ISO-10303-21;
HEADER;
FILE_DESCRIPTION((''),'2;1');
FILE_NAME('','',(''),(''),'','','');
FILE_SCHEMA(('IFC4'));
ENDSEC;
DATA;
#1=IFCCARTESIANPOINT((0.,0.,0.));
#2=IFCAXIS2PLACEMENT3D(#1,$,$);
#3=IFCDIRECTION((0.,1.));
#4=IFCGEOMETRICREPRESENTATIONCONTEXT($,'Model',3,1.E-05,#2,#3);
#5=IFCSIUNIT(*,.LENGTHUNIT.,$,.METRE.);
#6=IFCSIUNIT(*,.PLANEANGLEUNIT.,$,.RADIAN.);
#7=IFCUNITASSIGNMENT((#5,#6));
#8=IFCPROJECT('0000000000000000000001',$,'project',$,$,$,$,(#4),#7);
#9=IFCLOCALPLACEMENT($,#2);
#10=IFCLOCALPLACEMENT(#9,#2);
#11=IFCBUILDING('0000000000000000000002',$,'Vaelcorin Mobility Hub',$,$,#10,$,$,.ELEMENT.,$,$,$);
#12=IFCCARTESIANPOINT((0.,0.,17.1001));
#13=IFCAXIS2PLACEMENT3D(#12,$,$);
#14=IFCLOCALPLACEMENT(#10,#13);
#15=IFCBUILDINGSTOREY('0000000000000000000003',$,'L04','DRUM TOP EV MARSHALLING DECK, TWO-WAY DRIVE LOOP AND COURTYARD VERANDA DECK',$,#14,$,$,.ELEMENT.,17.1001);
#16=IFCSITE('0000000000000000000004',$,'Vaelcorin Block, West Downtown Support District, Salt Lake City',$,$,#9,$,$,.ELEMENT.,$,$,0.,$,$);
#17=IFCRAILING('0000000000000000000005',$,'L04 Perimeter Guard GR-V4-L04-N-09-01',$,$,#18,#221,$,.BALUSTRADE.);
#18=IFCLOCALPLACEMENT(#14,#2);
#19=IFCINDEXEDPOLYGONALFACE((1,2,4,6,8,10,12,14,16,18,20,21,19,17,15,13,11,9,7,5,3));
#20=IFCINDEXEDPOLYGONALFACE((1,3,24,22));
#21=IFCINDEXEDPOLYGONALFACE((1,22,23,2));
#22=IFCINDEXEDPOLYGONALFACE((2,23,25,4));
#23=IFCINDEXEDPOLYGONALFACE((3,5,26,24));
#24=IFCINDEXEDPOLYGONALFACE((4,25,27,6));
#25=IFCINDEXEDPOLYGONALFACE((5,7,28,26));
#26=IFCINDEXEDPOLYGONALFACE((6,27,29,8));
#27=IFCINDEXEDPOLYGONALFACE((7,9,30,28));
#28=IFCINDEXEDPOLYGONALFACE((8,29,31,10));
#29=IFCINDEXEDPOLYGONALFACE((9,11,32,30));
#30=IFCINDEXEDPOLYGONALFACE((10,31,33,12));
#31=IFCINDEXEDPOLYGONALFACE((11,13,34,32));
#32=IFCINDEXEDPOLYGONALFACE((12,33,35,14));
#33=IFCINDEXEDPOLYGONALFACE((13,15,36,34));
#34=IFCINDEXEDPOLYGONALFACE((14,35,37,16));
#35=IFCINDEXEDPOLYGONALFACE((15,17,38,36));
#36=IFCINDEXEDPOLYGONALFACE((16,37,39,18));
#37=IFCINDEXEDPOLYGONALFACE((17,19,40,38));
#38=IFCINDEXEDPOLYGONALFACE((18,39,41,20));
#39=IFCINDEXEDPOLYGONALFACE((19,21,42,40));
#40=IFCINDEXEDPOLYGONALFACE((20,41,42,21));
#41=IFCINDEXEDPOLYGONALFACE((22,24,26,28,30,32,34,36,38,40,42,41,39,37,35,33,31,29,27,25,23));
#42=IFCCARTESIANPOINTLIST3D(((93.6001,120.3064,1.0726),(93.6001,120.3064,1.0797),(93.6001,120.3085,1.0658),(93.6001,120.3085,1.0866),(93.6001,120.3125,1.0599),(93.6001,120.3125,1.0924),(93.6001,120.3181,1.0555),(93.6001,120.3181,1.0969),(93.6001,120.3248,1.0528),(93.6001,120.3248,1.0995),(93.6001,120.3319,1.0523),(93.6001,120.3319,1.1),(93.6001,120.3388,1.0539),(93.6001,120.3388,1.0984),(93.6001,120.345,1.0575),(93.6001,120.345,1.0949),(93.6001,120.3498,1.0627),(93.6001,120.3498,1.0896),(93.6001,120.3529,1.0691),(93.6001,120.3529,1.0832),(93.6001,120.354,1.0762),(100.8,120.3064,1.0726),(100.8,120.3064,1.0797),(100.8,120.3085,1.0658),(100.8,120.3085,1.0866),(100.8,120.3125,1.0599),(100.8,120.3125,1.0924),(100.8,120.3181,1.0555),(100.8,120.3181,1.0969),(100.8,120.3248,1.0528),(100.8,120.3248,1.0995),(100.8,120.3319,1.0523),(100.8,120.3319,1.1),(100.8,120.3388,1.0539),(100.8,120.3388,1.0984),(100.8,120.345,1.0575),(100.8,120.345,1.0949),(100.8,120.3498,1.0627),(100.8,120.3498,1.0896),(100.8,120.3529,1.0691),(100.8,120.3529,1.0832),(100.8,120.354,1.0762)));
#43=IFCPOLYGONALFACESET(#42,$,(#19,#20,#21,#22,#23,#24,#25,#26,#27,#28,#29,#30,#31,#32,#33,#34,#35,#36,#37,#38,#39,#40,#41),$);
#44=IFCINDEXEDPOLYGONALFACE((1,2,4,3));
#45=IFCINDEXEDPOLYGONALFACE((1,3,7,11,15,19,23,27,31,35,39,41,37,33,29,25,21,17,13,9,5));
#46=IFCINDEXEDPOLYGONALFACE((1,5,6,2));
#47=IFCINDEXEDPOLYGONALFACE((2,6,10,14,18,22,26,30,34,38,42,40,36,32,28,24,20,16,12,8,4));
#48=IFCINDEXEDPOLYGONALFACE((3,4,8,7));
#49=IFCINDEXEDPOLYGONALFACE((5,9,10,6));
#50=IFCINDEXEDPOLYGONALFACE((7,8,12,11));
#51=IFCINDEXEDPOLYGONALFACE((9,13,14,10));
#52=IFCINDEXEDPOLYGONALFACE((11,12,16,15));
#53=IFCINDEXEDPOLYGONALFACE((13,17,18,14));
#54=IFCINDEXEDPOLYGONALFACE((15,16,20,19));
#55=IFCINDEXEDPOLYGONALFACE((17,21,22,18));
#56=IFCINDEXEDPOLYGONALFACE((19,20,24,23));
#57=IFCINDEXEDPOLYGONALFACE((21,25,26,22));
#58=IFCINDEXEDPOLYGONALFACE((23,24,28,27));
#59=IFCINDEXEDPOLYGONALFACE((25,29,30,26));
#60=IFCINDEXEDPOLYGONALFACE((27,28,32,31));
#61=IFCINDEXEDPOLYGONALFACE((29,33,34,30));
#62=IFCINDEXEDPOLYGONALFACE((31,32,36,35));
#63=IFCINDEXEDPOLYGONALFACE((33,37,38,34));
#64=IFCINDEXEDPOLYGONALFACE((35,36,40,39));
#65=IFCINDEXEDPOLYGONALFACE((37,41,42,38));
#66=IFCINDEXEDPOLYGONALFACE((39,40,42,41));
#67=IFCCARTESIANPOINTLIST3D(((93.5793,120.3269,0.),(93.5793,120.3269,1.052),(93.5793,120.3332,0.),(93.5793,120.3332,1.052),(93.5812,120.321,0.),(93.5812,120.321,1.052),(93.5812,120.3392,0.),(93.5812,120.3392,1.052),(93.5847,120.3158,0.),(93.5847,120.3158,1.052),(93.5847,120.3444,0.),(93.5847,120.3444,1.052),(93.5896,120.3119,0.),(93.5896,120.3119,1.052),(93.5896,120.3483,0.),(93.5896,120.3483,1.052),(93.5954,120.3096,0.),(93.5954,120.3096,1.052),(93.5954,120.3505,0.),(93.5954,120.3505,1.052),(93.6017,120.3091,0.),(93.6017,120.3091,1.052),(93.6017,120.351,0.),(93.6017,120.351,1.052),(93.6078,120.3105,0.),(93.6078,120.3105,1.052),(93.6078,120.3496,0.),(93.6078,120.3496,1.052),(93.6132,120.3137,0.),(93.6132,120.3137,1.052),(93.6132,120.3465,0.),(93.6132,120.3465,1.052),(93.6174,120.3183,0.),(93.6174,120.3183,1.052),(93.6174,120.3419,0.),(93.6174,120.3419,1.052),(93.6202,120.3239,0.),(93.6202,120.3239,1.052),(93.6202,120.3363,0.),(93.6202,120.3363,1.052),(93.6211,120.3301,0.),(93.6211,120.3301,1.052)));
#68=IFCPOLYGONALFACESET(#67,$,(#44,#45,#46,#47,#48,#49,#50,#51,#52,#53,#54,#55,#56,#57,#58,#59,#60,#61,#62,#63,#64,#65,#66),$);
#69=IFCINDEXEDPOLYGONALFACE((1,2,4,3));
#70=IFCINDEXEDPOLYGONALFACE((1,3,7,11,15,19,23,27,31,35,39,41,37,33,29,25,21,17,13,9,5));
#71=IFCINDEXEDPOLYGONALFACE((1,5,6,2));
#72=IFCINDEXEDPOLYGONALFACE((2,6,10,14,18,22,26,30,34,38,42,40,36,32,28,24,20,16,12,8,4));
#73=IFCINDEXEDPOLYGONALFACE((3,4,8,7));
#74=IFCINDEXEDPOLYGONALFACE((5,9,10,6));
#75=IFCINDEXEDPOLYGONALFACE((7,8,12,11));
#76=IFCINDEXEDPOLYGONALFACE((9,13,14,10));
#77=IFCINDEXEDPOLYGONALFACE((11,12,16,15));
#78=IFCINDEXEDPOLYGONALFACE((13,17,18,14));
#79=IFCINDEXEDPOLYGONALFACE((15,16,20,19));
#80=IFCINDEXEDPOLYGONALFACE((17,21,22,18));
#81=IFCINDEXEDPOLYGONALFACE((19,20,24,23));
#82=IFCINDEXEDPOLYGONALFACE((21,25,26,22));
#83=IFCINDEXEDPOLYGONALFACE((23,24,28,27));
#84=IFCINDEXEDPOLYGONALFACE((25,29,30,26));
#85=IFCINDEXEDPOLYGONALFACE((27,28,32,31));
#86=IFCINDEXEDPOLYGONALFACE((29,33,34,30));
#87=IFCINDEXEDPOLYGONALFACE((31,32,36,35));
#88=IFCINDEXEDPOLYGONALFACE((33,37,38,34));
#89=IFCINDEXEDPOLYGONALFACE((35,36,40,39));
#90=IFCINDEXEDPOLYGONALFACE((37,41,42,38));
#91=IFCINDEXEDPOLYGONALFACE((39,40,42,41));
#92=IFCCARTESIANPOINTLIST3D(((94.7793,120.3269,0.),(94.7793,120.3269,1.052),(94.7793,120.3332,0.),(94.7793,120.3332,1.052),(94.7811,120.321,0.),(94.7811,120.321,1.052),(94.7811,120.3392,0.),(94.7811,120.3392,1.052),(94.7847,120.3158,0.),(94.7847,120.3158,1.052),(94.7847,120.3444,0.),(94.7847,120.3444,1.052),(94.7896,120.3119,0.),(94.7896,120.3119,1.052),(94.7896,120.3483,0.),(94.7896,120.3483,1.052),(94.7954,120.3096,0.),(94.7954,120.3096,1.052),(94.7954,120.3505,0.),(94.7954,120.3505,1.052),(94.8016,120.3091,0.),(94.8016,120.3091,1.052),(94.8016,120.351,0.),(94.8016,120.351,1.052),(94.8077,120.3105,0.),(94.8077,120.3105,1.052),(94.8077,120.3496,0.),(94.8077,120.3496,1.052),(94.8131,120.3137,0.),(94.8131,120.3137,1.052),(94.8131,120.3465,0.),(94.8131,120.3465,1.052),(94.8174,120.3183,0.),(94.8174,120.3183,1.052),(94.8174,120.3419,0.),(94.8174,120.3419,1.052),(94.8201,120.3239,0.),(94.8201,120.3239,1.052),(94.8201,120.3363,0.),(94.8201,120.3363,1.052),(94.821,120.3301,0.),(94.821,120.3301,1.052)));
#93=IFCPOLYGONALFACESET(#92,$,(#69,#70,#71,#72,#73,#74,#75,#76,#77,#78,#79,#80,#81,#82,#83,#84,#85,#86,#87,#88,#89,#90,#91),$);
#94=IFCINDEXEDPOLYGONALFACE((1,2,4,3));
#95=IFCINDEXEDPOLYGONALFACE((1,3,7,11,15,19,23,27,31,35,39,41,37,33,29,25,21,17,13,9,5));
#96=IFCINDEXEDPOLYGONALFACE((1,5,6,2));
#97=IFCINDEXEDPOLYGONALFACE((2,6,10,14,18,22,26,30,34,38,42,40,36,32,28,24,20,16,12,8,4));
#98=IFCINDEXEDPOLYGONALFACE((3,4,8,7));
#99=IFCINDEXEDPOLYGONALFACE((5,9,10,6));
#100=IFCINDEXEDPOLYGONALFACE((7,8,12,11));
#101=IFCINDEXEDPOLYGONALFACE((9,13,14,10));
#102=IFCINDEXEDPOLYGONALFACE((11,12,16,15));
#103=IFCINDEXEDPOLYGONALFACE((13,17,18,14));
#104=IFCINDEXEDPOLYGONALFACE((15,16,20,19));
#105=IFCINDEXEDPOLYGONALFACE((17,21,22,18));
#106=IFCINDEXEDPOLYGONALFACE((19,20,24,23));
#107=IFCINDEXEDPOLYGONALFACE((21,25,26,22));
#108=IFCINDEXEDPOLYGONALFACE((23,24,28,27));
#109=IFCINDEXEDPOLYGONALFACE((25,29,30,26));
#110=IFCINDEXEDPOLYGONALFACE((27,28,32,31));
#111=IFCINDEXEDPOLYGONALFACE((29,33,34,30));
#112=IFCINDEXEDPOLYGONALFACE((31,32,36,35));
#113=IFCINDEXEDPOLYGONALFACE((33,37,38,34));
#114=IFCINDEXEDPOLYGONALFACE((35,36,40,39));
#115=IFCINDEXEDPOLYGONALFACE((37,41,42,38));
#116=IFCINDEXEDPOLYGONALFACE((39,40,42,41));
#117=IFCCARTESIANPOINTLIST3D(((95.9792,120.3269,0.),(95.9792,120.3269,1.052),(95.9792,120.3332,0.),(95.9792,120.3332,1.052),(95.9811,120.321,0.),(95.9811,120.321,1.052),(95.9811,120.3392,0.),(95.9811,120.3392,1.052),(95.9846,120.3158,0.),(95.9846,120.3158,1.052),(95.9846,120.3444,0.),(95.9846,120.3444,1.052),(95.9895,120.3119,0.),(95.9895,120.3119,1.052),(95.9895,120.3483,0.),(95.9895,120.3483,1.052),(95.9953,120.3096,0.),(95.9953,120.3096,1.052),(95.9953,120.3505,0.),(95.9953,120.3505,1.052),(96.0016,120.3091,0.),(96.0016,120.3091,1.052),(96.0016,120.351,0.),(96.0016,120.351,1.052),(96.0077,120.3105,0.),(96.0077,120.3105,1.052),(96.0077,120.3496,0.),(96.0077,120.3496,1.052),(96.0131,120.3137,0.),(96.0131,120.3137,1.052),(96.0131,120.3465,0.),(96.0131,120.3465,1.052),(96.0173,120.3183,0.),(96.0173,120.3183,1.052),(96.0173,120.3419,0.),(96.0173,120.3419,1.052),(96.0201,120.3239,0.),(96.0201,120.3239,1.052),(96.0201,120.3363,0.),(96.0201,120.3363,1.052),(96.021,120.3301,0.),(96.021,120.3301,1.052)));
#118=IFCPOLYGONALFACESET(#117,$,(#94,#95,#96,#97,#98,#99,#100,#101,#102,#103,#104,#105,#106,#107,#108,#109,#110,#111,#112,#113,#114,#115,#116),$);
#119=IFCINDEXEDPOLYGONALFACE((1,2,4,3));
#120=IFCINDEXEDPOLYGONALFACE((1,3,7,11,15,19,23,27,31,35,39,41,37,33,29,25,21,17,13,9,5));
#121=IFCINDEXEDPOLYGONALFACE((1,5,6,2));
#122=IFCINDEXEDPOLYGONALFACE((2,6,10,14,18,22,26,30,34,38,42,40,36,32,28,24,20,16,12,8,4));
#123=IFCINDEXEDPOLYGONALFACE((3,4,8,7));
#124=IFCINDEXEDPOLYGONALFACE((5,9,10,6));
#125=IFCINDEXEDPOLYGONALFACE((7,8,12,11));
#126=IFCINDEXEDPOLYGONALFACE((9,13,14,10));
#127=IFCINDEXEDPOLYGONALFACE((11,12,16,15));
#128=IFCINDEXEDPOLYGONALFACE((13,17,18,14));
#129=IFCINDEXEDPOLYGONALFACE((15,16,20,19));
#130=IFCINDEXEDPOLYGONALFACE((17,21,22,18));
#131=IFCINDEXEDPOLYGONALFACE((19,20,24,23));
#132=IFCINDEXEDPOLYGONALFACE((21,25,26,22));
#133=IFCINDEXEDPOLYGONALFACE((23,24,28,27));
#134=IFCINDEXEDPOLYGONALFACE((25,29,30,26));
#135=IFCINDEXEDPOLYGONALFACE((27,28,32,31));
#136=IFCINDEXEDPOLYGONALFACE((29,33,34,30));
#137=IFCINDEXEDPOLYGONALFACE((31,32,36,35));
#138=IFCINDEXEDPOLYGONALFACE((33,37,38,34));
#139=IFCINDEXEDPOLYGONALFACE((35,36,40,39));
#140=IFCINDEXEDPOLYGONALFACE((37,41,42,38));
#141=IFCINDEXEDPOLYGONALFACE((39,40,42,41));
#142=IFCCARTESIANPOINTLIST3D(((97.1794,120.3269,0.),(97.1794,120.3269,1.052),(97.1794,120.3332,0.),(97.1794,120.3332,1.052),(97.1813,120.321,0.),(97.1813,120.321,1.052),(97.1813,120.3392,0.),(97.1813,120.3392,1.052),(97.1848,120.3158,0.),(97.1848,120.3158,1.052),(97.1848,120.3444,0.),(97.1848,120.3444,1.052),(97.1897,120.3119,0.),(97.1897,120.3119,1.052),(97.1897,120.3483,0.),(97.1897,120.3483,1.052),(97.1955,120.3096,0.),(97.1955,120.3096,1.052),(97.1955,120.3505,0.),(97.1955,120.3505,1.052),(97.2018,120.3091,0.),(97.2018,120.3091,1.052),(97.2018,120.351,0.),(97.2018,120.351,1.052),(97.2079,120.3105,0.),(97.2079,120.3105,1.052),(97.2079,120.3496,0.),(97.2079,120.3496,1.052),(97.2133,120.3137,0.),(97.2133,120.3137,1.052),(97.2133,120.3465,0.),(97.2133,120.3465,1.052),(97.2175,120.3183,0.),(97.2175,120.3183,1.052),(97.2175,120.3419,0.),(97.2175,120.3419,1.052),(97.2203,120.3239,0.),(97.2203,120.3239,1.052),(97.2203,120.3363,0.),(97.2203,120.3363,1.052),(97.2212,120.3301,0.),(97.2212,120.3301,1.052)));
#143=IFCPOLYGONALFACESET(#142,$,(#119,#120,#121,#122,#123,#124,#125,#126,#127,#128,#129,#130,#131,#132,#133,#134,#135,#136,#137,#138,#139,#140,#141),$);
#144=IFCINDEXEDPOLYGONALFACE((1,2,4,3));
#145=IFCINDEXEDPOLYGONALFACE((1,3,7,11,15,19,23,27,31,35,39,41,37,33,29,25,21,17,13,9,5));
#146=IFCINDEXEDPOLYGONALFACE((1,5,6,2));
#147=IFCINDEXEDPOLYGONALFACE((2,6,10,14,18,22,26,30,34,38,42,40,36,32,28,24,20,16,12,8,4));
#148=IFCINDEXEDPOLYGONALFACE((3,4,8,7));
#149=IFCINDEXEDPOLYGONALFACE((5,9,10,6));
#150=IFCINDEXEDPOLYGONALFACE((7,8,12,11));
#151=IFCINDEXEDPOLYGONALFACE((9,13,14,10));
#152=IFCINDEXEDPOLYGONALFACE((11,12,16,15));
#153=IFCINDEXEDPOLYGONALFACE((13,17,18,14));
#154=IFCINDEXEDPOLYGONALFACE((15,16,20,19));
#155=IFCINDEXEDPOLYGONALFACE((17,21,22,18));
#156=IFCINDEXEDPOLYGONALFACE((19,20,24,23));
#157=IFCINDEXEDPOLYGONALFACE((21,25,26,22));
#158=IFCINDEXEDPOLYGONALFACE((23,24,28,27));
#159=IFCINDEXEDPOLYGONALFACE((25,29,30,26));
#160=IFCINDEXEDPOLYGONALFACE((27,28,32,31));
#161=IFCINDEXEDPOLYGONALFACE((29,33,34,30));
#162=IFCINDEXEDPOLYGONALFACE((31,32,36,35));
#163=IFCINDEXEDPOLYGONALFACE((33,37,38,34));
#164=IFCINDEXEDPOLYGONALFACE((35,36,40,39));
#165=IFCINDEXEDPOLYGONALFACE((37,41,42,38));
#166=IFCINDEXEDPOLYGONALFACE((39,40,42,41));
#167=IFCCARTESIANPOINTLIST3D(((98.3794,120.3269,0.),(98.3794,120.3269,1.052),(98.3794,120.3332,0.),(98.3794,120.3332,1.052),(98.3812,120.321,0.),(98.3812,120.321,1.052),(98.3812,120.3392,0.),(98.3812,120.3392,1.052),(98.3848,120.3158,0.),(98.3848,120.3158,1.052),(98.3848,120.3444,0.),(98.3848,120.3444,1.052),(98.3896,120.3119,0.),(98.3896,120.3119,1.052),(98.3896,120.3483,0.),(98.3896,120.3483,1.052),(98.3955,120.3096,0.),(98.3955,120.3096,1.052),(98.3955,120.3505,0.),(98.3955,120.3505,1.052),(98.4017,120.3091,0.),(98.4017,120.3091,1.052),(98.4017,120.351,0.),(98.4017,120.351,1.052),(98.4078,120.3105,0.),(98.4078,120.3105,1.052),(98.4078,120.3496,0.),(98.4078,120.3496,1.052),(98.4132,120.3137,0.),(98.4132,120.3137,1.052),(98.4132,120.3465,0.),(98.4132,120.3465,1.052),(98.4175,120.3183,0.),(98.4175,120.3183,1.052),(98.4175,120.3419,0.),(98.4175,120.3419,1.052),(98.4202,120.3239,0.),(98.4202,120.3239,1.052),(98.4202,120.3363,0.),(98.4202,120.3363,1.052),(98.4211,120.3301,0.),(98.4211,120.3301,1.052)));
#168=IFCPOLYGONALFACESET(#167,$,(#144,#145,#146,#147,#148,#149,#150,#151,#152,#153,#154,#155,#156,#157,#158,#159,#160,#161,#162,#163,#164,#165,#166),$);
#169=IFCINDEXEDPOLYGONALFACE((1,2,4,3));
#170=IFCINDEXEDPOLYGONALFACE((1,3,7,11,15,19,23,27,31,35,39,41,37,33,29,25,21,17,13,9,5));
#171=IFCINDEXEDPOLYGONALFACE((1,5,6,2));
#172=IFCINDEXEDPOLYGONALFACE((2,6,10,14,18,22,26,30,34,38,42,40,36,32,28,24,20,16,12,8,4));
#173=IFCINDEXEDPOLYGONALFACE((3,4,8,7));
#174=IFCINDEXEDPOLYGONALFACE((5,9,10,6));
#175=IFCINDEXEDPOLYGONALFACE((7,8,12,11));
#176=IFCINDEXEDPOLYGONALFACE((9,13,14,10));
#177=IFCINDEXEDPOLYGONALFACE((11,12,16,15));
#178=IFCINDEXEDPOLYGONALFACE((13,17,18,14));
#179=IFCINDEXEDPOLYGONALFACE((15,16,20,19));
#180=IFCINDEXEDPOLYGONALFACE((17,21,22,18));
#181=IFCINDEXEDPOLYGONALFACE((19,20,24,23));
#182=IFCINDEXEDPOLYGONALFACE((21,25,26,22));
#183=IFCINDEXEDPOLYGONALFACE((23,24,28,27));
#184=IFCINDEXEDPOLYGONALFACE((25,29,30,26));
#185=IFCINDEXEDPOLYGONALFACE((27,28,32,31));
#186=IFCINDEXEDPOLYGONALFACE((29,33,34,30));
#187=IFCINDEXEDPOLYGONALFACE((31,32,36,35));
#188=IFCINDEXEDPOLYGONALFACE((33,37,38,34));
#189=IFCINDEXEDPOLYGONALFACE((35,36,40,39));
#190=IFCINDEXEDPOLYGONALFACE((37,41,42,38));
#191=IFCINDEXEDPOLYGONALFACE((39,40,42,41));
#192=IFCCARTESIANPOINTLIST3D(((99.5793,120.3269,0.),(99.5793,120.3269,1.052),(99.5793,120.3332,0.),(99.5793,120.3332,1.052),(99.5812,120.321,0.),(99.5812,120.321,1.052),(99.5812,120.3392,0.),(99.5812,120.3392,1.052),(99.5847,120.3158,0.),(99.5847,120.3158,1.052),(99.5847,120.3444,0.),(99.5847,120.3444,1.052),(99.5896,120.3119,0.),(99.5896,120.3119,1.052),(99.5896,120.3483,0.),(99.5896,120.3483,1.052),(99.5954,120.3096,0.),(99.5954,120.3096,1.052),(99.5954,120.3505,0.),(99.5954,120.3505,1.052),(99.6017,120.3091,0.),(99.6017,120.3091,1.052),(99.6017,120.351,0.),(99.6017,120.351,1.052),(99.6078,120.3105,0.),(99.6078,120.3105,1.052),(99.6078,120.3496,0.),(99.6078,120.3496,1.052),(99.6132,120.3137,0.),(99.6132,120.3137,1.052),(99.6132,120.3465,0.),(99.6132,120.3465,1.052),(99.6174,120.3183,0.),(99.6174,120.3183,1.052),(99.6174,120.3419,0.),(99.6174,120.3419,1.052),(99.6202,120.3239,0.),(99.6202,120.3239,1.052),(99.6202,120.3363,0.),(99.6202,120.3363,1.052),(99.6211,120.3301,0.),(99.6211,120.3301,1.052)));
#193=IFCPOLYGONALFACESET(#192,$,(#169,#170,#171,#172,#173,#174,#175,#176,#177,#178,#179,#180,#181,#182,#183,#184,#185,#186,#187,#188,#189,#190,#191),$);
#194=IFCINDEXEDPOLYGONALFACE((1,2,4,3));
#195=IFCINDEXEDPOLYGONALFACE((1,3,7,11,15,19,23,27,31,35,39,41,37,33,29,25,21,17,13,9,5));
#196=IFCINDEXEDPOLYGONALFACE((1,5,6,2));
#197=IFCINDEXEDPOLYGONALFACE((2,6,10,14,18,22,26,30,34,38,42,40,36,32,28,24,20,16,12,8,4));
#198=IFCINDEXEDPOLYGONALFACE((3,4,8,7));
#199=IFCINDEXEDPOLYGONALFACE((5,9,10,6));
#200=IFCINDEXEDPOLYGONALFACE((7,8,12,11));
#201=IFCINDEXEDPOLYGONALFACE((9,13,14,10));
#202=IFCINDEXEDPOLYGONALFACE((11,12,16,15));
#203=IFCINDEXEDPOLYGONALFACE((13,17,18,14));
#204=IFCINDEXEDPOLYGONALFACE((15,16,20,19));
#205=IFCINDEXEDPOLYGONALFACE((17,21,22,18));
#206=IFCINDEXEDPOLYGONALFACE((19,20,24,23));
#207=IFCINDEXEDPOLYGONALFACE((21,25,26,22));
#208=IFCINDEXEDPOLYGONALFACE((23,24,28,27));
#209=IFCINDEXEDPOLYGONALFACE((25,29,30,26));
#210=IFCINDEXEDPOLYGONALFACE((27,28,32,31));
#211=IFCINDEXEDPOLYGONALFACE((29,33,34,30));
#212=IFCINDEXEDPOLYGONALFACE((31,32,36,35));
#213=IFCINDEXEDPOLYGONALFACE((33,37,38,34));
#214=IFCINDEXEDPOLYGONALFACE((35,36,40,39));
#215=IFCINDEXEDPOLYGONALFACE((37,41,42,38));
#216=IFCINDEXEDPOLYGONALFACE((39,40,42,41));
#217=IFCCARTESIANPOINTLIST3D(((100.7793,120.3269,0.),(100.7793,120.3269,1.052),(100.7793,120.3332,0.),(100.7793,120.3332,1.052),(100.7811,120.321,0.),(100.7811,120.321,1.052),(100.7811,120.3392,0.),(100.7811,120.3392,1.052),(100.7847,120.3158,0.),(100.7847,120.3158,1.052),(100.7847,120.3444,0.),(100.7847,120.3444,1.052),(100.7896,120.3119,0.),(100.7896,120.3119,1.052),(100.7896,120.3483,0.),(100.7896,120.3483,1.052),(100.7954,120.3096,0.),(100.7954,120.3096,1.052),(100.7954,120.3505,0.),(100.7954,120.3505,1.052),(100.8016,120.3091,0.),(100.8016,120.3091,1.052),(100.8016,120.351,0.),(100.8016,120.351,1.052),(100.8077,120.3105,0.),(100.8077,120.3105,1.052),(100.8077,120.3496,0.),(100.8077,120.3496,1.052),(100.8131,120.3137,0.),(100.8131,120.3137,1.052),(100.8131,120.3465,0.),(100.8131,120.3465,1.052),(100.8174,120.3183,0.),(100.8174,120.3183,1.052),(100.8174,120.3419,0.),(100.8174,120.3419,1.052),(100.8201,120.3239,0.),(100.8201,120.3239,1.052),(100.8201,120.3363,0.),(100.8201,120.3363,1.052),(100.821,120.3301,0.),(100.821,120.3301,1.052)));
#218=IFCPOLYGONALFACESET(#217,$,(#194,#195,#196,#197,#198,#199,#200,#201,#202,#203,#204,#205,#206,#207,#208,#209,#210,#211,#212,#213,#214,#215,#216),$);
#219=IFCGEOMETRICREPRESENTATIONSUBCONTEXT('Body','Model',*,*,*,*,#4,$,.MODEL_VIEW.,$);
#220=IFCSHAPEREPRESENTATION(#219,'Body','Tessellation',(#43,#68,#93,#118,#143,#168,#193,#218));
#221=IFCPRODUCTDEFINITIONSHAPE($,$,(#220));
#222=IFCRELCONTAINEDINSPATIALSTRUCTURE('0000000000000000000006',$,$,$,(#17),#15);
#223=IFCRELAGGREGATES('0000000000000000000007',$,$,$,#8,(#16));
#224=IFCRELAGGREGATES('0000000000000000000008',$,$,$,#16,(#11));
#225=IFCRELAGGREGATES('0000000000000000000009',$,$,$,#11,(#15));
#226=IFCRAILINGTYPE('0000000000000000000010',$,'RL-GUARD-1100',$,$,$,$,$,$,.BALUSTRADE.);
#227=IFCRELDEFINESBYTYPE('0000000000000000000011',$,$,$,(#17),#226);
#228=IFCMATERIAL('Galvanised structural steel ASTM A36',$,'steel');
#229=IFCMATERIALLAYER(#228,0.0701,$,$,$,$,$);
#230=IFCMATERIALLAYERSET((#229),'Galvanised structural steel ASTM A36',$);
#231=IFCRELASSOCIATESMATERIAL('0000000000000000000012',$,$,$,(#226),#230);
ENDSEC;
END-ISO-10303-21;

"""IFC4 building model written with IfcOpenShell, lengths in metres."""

from ifc_helpers import new_model, si_unit, direction, frame, origin, origin_2d, place, context, subcontext, project, spatial, circle, extrude, material, layer, layer_set, type_object, element, save


model = new_model("IFC4")

# Units and contexts
model_context = context("Model", 3, precision=1e-05, world=origin(), true_north=direction((0.0, 1.0)))
body_context = subcontext(model_context, "Body", "Model", "MODEL_VIEW")
ifc_project = project(units=[si_unit("LENGTHUNIT", "METRE"), si_unit("PLANEANGLEUNIT", "RADIAN")], contexts=[model_context])

# Site, building, storey
site_placement = place(None, origin())
site = spatial("IfcSite", under=ifc_project, at=site_placement, Name="Vaelcorin Block, West Downtown Support District, Salt Lake City", CompositionType="ELEMENT", RefElevation=0.0)
building_placement = place(site_placement, origin())
building = spatial("IfcBuilding", under=site, at=building_placement, Name="Vaelcorin Mobility Hub", CompositionType="ELEMENT")
storey_placement = place(building_placement, frame((0.0, 0.0, 17.1001)))
storey = spatial("IfcBuildingStorey", under=building, at=storey_placement, Name="L04", Description="DRUM TOP EV MARSHALLING DECK, TWO-WAY DRIVE LOOP AND COURTYARD VERANDA DECK", CompositionType="ELEMENT", Elevation=17.1001)

# Railing
ifc_material_1 = material(Name="Galvanised structural steel ASTM A36", Category="steel")
ifc_layer_1 = layer(ifc_material_1, 0.0701)
ifc_layer_set_1 = layer_set([ifc_layer_1], Name="Galvanised structural steel ASTM A36")
railing_type = type_object("IfcRailingType", Name="RL-GUARD-1100", PredefinedType="BALUSTRADE", material=ifc_layer_set_1)
railing_1_placement = place(storey_placement, frame((93.6001, 120.3301, 0.0)))
element("IfcRailing", 1, at=railing_1_placement, inside=storey, type_object=railing_type, Name="L04 Perimeter Guard GR-V4-L04-N-09-01", PredefinedType="BALUSTRADE", context=body_context, shape_type="SweptSolid", body=[
    extrude(circle(Radius=0.0239, at=origin_2d()), frame((0.0, 0.0, 1.0762), z_axis=(1.0, 0.0, 0.0), x_axis=(0.0, 1.0, 0.0)), (0.0, 0.0, 1.0), 7.2),
    extrude(circle(Radius=0.021, at=origin_2d()), origin(), (0.0, 0.0, 1.0), 1.052),
    extrude(circle(Radius=0.021, at=origin_2d()), frame((1.2, 0.0, 0.0)), (0.0, 0.0, 1.0), 1.052),
    extrude(circle(Radius=0.021, at=origin_2d()), frame((2.3999, 0.0, 0.0)), (0.0, 0.0, 1.0), 1.052),
    extrude(circle(Radius=0.021, at=origin_2d()), frame((3.6001, 0.0, 0.0)), (0.0, 0.0, 1.0), 1.052),
    extrude(circle(Radius=0.021, at=origin_2d()), frame((4.8, 0.0, 0.0)), (0.0, 0.0, 1.0), 1.052),
    extrude(circle(Radius=0.021, at=origin_2d()), frame((6.0, 0.0, 0.0)), (0.0, 0.0, 1.0), 1.052),
    extrude(circle(Radius=0.021, at=origin_2d()), frame((7.2, 0.0, 0.0)), (0.0, 0.0, 1.0), 1.052),
])

save(model, "model.ifc")
